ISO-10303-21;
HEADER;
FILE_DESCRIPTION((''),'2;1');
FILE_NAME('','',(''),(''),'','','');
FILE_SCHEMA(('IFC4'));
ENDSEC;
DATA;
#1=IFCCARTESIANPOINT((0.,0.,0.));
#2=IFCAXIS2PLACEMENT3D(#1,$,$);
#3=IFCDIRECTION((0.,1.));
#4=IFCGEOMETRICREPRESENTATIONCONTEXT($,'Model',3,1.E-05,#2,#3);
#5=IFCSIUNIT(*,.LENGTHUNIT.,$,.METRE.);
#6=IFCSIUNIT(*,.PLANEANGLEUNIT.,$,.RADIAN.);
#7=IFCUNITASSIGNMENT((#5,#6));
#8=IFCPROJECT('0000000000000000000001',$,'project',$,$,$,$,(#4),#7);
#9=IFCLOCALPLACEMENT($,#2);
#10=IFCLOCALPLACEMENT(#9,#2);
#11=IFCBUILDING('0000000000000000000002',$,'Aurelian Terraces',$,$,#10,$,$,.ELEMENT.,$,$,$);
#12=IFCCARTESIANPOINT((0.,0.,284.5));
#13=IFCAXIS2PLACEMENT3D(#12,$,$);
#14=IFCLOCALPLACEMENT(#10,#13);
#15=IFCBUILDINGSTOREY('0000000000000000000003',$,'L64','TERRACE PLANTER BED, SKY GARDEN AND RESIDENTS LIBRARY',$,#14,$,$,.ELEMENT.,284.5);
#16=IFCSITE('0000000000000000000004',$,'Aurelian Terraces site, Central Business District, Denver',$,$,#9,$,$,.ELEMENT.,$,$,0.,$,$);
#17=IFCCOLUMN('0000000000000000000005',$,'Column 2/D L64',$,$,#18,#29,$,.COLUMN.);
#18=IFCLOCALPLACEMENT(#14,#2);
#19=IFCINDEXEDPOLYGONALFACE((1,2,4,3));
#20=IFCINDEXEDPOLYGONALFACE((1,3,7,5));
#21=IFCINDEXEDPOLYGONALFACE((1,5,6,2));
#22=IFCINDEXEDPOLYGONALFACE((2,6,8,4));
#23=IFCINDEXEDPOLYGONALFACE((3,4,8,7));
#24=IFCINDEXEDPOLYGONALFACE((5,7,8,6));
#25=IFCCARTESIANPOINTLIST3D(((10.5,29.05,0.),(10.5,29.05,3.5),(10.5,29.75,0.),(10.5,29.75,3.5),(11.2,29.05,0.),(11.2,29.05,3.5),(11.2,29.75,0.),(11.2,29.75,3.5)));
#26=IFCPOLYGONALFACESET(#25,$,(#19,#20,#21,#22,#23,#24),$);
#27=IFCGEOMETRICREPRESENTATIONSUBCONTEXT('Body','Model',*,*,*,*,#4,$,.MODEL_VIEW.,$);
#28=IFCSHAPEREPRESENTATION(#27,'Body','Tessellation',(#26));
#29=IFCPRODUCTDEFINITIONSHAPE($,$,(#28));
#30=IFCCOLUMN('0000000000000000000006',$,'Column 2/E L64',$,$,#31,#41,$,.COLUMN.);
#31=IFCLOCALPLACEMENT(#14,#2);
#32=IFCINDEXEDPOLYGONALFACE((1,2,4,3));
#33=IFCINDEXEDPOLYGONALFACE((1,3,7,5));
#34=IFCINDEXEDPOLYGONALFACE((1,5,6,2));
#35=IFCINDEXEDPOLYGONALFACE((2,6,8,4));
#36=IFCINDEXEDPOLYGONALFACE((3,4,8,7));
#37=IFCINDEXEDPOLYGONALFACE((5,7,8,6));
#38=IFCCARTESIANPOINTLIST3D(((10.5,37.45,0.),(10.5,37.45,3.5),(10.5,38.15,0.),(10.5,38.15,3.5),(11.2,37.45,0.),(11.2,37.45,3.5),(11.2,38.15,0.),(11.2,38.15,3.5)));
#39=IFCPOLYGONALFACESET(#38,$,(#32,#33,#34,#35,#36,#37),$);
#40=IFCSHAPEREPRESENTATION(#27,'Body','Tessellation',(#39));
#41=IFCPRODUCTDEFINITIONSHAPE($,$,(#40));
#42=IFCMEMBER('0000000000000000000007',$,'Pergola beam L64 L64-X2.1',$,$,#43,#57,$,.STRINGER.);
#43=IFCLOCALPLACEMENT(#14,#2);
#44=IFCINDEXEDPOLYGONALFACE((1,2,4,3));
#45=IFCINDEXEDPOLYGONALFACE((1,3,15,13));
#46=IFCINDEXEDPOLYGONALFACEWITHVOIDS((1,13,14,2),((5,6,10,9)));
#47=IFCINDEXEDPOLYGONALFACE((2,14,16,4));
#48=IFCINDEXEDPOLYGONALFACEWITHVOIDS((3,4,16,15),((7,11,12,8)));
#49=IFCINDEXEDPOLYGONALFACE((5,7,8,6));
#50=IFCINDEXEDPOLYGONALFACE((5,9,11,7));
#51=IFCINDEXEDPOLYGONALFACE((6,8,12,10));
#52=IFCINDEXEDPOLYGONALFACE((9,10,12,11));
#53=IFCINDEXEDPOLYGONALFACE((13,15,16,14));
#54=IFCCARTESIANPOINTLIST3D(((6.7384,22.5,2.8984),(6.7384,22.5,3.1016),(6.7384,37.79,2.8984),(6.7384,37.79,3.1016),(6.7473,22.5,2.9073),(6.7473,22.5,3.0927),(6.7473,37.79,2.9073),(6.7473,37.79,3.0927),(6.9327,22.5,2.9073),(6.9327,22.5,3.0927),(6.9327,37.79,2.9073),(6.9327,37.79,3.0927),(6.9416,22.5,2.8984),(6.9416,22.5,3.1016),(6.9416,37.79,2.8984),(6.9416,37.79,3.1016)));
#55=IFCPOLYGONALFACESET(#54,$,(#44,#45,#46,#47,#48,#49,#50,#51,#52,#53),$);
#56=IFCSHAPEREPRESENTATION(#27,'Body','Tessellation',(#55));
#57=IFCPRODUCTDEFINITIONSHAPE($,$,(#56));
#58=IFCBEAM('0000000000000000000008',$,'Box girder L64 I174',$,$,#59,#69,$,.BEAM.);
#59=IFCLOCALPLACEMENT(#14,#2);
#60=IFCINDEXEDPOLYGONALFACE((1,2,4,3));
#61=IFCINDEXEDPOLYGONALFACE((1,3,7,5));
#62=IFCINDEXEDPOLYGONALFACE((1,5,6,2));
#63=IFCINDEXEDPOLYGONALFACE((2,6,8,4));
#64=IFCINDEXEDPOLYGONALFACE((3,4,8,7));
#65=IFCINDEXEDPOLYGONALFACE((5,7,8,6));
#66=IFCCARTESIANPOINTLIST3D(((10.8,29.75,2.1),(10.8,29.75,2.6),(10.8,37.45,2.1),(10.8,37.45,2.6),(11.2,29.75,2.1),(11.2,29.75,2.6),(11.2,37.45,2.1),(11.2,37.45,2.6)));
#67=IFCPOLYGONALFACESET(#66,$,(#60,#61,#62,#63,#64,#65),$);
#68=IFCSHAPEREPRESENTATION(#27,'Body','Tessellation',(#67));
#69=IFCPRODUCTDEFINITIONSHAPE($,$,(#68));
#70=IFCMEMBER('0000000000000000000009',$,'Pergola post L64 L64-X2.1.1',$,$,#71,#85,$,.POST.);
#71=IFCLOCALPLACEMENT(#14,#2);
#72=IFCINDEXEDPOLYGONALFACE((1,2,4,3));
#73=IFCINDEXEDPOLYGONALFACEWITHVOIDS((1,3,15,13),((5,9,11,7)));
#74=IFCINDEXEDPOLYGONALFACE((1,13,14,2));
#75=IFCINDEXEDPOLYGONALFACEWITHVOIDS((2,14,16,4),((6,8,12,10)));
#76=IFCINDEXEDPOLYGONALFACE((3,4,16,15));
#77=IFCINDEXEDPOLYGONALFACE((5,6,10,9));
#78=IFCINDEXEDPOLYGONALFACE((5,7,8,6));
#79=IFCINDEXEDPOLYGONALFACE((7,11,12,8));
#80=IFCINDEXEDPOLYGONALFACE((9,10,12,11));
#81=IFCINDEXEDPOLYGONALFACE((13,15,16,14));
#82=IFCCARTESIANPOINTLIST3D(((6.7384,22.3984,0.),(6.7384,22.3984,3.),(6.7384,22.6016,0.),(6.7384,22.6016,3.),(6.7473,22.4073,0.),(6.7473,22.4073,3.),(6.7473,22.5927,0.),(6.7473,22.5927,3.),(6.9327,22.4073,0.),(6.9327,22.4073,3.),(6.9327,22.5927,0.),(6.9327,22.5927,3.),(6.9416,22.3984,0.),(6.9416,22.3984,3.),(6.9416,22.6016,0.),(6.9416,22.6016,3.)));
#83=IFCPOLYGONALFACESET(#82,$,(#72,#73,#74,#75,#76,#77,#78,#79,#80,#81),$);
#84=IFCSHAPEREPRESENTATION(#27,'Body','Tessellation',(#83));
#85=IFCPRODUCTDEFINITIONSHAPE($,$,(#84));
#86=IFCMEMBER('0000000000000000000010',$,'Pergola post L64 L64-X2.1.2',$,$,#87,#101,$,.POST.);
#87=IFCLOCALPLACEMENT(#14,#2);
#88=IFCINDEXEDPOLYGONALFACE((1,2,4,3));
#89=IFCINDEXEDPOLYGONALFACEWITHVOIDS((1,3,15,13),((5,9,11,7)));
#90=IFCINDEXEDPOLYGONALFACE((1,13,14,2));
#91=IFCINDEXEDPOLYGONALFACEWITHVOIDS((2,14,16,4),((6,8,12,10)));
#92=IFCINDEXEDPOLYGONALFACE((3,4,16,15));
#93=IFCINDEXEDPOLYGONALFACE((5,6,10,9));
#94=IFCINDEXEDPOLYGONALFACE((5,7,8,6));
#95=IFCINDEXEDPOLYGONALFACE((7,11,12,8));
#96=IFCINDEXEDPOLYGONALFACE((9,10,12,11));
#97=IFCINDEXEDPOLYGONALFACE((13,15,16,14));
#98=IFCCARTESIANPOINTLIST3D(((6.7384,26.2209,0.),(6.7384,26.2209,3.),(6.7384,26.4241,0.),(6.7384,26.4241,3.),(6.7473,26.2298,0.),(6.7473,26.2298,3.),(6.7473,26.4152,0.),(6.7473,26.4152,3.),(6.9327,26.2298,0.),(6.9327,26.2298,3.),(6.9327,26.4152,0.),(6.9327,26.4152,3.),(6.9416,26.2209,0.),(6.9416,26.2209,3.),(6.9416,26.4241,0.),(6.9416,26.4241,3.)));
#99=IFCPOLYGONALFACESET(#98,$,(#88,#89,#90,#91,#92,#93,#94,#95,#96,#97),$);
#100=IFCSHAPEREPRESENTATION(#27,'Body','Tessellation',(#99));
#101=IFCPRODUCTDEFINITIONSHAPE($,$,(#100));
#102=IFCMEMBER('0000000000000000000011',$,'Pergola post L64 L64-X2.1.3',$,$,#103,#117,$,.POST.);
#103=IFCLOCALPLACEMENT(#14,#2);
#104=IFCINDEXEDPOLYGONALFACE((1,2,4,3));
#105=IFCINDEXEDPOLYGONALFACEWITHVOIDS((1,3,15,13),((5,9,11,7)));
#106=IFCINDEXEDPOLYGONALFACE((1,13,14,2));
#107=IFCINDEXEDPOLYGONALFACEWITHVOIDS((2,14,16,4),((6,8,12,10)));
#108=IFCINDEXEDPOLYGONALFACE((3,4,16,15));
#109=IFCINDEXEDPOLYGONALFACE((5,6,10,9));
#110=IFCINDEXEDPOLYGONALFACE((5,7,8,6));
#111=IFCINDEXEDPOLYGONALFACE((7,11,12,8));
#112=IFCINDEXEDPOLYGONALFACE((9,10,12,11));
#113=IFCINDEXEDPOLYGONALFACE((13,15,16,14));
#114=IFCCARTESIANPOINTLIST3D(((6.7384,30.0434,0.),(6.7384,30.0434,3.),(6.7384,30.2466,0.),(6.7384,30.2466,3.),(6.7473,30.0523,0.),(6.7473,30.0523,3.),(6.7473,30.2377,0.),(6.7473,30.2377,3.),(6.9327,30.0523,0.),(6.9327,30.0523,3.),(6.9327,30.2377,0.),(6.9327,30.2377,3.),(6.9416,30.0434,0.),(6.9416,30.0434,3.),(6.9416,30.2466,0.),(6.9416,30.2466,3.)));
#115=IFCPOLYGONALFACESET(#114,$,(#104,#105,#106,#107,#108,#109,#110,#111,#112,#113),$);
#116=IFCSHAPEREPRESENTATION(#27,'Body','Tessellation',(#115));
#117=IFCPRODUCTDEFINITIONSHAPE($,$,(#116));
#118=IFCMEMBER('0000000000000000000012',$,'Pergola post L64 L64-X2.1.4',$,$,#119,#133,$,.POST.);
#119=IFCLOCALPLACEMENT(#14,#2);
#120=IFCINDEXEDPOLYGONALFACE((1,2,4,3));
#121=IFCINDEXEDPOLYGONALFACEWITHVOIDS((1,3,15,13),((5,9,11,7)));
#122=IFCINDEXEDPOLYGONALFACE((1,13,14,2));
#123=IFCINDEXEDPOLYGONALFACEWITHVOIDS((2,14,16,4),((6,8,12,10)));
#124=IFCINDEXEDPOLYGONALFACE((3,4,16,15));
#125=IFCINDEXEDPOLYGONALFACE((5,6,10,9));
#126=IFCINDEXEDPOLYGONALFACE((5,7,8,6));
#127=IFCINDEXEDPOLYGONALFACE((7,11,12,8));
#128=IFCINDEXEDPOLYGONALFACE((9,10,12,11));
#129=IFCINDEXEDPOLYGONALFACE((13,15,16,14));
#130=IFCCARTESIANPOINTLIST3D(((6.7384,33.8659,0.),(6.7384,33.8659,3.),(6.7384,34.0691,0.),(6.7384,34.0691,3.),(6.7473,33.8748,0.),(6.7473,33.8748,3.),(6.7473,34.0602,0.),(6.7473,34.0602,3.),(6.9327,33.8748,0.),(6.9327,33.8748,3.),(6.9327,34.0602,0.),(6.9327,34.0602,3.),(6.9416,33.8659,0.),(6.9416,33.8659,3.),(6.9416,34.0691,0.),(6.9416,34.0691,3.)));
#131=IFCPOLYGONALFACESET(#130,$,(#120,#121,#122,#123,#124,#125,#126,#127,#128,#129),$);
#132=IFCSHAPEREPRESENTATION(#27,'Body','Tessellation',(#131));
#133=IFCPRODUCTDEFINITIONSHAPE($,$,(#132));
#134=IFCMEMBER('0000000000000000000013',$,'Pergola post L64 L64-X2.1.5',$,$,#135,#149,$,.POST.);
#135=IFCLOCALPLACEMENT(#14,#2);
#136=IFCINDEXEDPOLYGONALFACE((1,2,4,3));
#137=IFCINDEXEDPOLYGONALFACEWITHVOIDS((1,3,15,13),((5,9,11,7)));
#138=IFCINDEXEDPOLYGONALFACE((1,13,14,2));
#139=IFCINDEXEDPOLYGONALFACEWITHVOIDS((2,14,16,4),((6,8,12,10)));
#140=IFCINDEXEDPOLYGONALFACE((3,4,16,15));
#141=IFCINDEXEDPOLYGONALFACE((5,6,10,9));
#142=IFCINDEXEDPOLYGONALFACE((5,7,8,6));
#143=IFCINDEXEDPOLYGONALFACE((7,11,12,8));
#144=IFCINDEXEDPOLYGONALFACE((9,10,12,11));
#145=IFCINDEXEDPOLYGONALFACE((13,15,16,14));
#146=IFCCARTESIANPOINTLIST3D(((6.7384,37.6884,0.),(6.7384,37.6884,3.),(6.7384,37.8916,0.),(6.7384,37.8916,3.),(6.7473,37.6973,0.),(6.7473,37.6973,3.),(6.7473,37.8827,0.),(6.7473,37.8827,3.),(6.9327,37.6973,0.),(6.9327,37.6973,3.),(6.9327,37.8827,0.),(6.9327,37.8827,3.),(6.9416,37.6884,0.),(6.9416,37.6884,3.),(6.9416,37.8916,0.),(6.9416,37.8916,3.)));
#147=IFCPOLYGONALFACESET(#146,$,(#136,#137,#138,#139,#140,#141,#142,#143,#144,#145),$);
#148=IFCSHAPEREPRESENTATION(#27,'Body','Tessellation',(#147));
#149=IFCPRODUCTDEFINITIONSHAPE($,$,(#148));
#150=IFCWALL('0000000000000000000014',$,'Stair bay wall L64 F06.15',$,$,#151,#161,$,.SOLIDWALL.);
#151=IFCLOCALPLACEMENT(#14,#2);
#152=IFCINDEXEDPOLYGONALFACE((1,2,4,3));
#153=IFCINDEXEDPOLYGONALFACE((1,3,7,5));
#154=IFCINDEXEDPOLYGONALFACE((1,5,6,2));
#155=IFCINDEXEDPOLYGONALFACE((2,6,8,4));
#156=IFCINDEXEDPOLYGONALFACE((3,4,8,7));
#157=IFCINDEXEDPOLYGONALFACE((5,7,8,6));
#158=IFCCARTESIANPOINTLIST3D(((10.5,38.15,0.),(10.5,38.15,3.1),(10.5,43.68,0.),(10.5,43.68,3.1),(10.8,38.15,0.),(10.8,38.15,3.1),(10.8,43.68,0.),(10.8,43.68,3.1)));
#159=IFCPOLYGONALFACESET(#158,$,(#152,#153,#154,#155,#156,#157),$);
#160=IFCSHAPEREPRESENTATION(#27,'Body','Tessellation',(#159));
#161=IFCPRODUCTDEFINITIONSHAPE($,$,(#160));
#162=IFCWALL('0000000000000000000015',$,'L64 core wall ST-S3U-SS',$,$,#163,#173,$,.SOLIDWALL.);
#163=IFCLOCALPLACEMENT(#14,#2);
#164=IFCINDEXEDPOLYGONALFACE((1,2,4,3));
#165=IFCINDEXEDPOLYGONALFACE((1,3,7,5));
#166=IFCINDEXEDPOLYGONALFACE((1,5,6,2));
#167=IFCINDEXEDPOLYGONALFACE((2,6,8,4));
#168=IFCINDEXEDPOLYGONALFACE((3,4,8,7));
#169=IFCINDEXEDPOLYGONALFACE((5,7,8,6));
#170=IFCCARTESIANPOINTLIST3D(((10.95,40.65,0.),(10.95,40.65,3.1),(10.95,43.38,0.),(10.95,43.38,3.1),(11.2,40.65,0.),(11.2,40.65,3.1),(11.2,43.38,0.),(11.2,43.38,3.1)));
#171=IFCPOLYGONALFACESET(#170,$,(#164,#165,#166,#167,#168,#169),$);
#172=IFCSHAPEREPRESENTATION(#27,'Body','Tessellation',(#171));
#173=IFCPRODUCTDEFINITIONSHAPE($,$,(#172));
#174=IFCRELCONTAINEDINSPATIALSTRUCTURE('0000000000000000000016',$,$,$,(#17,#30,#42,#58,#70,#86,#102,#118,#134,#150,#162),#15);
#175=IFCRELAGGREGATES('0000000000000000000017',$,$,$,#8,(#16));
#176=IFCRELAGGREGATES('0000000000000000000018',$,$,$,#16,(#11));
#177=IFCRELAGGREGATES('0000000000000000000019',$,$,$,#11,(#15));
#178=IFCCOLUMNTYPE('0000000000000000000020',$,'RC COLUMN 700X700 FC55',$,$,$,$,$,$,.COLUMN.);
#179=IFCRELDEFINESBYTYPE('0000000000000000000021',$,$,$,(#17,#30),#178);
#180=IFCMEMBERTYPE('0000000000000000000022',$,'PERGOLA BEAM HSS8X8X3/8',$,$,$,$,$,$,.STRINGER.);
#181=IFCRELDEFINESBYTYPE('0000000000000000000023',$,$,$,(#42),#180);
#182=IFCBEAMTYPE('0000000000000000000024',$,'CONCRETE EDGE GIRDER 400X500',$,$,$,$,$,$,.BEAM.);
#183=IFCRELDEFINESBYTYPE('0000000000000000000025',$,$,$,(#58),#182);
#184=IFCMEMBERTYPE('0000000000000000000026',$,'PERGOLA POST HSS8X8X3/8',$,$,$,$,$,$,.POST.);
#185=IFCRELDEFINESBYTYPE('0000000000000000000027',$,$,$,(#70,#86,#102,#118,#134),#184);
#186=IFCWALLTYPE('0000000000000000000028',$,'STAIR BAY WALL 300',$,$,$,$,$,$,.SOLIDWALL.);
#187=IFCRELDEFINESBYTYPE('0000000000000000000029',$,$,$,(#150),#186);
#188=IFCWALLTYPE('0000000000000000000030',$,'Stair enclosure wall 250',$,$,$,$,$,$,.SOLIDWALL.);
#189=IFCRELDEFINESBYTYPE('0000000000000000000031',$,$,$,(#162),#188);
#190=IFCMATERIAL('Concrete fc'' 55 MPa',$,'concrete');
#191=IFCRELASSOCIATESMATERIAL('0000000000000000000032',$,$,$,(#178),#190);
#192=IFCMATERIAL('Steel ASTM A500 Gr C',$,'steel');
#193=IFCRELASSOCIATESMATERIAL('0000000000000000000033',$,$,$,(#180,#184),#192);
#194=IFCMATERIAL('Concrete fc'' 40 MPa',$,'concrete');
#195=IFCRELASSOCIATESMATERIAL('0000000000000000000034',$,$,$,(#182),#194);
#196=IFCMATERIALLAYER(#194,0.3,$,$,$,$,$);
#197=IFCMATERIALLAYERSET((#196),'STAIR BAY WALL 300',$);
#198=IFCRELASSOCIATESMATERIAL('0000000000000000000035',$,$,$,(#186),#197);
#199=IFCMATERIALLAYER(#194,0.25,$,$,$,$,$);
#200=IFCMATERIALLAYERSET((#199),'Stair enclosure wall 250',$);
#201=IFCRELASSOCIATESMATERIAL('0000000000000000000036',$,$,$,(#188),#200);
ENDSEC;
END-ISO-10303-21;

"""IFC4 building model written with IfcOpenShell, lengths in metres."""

from ifc_helpers import new_model, si_unit, direction, frame, frame_2d, origin, origin_2d, place, context, subcontext, project, spatial, rectangle, hollow_rectangle, extrude, source, transform, mapped, material, layer, layer_set, material_profile, profile_set, type_object, element, save


model = new_model("IFC4")

# Units and contexts
model_context = context("Model", 3, precision=1e-05, world=origin(), true_north=direction((0.0, 1.0)))
body_context = subcontext(model_context, "Body", "Model", "MODEL_VIEW")
ifc_project = project(units=[si_unit("LENGTHUNIT", "METRE"), si_unit("PLANEANGLEUNIT", "RADIAN")], contexts=[model_context])

# Site, building, storey
site_placement = place(None, origin())
site = spatial("IfcSite", under=ifc_project, at=site_placement, Name="Aurelian Terraces site, Central Business District, Denver", CompositionType="ELEMENT", RefElevation=0.0)
building_placement = place(site_placement, origin())
building = spatial("IfcBuilding", under=site, at=building_placement, Name="Aurelian Terraces", CompositionType="ELEMENT")
storey_placement = place(building_placement, frame((0.0, 0.0, 284.5)))
storey = spatial("IfcBuildingStorey", under=building, at=storey_placement, Name="L64", Description="TERRACE PLANTER BED, SKY GARDEN AND RESIDENTS LIBRARY", CompositionType="ELEMENT", Elevation=284.5)

# Columns
ifc_material_1 = material(Name="Concrete fc' 55 MPa", Category="concrete")
ifc_material_profile_1 = material_profile(ifc_material_1, rectangle(XDim=0.7, YDim=0.7, at=origin_2d()))
ifc_profile_set_1 = profile_set([ifc_material_profile_1], Name="Concrete fc' 55 MPa")
column_type = type_object("IfcColumnType", Name="RC COLUMN 700X700 FC55", PredefinedType="COLUMN", material=ifc_profile_set_1)
shared_shape_1 = source(origin(), body_context, "Body", "SweptSolid", [
    extrude(rectangle(XDim=0.7, YDim=0.7, at=origin_2d()), origin(), (0.0, 0.0, 1.0), 3.5),
])
for number, where, z_axis, x_axis, name in (
    (1, (10.85, 29.4, 0.0), (0.0, 0.0, 1.0), (1.0, 0.0, 0.0), "Column 2/D L64"),
    (2, (10.85, 37.8, 0.0), (0.0, 0.0, 1.0), (1.0, 0.0, 0.0), "Column 2/E L64"),
):
    element("IfcColumn", number, at=place(storey_placement, frame(where, z_axis=z_axis, x_axis=x_axis)), inside=storey, type_object=column_type, Name=name, PredefinedType="COLUMN", context=body_context, shape_type="MappedRepresentation", body=[
        mapped(shared_shape_1, transform((0.0, 0.0, 0.0), scale=1.0)),
    ])

# Member
ifc_material_2 = material(Name="Steel ASTM A500 Gr C", Category="steel")
ifc_material_profile_2 = material_profile(ifc_material_2, hollow_rectangle(XDim=0.2032, YDim=0.2032, WallThickness=0.0089, at=origin_2d()))
ifc_profile_set_2 = profile_set([ifc_material_profile_2], Name="Steel ASTM A500 Gr C")
member_type_1 = type_object("IfcMemberType", Name="PERGOLA BEAM HSS8X8X3/8", PredefinedType="STRINGER", material=ifc_profile_set_2)
member_placement = place(storey_placement, frame((6.84, 22.5, 3.0), z_axis=(0.0, 1.0, 0.0), x_axis=(-1.0, 0.0, 0.0)))
element("IfcMember", 3, at=member_placement, inside=storey, type_object=member_type_1, Name="Pergola beam L64 L64-X2.1", PredefinedType="STRINGER", context=body_context, shape_type="SweptSolid", body=[
    extrude(hollow_rectangle(XDim=0.2032, YDim=0.2032, WallThickness=0.0089, at=origin_2d()), origin(), (0.0, 0.0, 1.0), 15.29),
])

# Beam
ifc_material_3 = material(Name="Concrete fc' 40 MPa", Category="concrete")
ifc_material_profile_3 = material_profile(ifc_material_3, rectangle(XDim=0.4, YDim=0.5, at=origin_2d()))
ifc_profile_set_3 = profile_set([ifc_material_profile_3], Name="Concrete fc' 40 MPa")
beam_type = type_object("IfcBeamType", Name="CONCRETE EDGE GIRDER 400X500", PredefinedType="BEAM", material=ifc_profile_set_3)
shared_shape_2 = source(origin(), body_context, "Body", "SweptSolid", [
    extrude(rectangle(XDim=0.4, YDim=0.5, at=origin_2d()), origin(), (0.0, 0.0, 1.0), 7.7),
])
beam_placement = place(storey_placement, frame((11.0, 29.75, 2.35), z_axis=(0.0, 1.0, 0.0), x_axis=(-1.0, 0.0, 0.0)))
element("IfcBeam", 4, at=beam_placement, inside=storey, type_object=beam_type, Name="Box girder L64 I174", PredefinedType="BEAM", context=body_context, shape_type="MappedRepresentation", body=[
    mapped(shared_shape_2, transform((0.0, 0.0, 0.0), scale=1.0)),
])

# Members
ifc_material_profile_4 = material_profile(ifc_material_2, hollow_rectangle(XDim=0.2032, YDim=0.2032, WallThickness=0.0089, at=origin_2d()))
ifc_profile_set_4 = profile_set([ifc_material_profile_4], Name="Steel ASTM A500 Gr C")
member_type_2 = type_object("IfcMemberType", Name="PERGOLA POST HSS8X8X3/8", PredefinedType="POST", material=ifc_profile_set_4)
shared_shape_3 = source(origin(), body_context, "Body", "SweptSolid", [
    extrude(hollow_rectangle(XDim=0.2032, YDim=0.2032, WallThickness=0.0089, at=origin_2d()), origin(), (0.0, 0.0, 1.0), 3.0),
])
for number, where, z_axis, x_axis, name in (
    (5, (6.84, 22.5, 0.0), (0.0, 0.0, 1.0), (1.0, 0.0, 0.0), "Pergola post L64 L64-X2.1.1"),
    (6, (6.84, 26.3225, 0.0), (0.0, 0.0, 1.0), (1.0, 0.0, 0.0), "Pergola post L64 L64-X2.1.2"),
    (7, (6.84, 30.145, 0.0), (0.0, 0.0, 1.0), (1.0, 0.0, 0.0), "Pergola post L64 L64-X2.1.3"),
    (8, (6.84, 33.9675, 0.0), (0.0, 0.0, 1.0), (1.0, 0.0, 0.0), "Pergola post L64 L64-X2.1.4"),
    (9, (6.84, 37.79, 0.0), (0.0, 0.0, 1.0), (1.0, 0.0, 0.0), "Pergola post L64 L64-X2.1.5"),
):
    element("IfcMember", number, at=place(storey_placement, frame(where, z_axis=z_axis, x_axis=x_axis)), inside=storey, type_object=member_type_2, Name=name, PredefinedType="POST", context=body_context, shape_type="MappedRepresentation", body=[
        mapped(shared_shape_3, transform((0.0, 0.0, 0.0), scale=1.0)),
    ])

# Walls
ifc_layer_1 = layer(ifc_material_3, 0.3)
ifc_layer_set_1 = layer_set([ifc_layer_1], Name="STAIR BAY WALL 300")
wall_type_1 = type_object("IfcWallType", Name="STAIR BAY WALL 300", PredefinedType="SOLIDWALL", material=ifc_layer_set_1)
wall_1_placement = place(storey_placement, frame((10.65, 43.68, 0.0), z_axis=(0.0, 0.0, 1.0), x_axis=(0.0, -1.0, 0.0)))
element("IfcWall", 10, at=wall_1_placement, inside=storey, type_object=wall_type_1, Name="Stair bay wall L64 F06.15", PredefinedType="SOLIDWALL", context=body_context, shape_type="SweptSolid", body=[
    extrude(rectangle(XDim=5.53, YDim=0.3, at=frame_2d((2.765, 0.0))), origin(), (0.0, 0.0, 1.0), 3.1),
])
ifc_layer_2 = layer(ifc_material_3, 0.25)
ifc_layer_set_2 = layer_set([ifc_layer_2], Name="Stair enclosure wall 250")
wall_type_2 = type_object("IfcWallType", Name="Stair enclosure wall 250", PredefinedType="SOLIDWALL", material=ifc_layer_set_2)
wall_2_placement = place(storey_placement, frame((11.075, 40.65, 0.0), z_axis=(0.0, 0.0, 1.0), x_axis=(0.0, 1.0, 0.0)))
element("IfcWall", 11, at=wall_2_placement, inside=storey, type_object=wall_type_2, Name="L64 core wall ST-S3U-SS", PredefinedType="SOLIDWALL", context=body_context, shape_type="SweptSolid", body=[
    extrude(rectangle(XDim=2.73, YDim=0.25, at=frame_2d((1.365, 0.0))), origin(), (0.0, 0.0, 1.0), 3.1),
])

save(model, "model.ifc")
